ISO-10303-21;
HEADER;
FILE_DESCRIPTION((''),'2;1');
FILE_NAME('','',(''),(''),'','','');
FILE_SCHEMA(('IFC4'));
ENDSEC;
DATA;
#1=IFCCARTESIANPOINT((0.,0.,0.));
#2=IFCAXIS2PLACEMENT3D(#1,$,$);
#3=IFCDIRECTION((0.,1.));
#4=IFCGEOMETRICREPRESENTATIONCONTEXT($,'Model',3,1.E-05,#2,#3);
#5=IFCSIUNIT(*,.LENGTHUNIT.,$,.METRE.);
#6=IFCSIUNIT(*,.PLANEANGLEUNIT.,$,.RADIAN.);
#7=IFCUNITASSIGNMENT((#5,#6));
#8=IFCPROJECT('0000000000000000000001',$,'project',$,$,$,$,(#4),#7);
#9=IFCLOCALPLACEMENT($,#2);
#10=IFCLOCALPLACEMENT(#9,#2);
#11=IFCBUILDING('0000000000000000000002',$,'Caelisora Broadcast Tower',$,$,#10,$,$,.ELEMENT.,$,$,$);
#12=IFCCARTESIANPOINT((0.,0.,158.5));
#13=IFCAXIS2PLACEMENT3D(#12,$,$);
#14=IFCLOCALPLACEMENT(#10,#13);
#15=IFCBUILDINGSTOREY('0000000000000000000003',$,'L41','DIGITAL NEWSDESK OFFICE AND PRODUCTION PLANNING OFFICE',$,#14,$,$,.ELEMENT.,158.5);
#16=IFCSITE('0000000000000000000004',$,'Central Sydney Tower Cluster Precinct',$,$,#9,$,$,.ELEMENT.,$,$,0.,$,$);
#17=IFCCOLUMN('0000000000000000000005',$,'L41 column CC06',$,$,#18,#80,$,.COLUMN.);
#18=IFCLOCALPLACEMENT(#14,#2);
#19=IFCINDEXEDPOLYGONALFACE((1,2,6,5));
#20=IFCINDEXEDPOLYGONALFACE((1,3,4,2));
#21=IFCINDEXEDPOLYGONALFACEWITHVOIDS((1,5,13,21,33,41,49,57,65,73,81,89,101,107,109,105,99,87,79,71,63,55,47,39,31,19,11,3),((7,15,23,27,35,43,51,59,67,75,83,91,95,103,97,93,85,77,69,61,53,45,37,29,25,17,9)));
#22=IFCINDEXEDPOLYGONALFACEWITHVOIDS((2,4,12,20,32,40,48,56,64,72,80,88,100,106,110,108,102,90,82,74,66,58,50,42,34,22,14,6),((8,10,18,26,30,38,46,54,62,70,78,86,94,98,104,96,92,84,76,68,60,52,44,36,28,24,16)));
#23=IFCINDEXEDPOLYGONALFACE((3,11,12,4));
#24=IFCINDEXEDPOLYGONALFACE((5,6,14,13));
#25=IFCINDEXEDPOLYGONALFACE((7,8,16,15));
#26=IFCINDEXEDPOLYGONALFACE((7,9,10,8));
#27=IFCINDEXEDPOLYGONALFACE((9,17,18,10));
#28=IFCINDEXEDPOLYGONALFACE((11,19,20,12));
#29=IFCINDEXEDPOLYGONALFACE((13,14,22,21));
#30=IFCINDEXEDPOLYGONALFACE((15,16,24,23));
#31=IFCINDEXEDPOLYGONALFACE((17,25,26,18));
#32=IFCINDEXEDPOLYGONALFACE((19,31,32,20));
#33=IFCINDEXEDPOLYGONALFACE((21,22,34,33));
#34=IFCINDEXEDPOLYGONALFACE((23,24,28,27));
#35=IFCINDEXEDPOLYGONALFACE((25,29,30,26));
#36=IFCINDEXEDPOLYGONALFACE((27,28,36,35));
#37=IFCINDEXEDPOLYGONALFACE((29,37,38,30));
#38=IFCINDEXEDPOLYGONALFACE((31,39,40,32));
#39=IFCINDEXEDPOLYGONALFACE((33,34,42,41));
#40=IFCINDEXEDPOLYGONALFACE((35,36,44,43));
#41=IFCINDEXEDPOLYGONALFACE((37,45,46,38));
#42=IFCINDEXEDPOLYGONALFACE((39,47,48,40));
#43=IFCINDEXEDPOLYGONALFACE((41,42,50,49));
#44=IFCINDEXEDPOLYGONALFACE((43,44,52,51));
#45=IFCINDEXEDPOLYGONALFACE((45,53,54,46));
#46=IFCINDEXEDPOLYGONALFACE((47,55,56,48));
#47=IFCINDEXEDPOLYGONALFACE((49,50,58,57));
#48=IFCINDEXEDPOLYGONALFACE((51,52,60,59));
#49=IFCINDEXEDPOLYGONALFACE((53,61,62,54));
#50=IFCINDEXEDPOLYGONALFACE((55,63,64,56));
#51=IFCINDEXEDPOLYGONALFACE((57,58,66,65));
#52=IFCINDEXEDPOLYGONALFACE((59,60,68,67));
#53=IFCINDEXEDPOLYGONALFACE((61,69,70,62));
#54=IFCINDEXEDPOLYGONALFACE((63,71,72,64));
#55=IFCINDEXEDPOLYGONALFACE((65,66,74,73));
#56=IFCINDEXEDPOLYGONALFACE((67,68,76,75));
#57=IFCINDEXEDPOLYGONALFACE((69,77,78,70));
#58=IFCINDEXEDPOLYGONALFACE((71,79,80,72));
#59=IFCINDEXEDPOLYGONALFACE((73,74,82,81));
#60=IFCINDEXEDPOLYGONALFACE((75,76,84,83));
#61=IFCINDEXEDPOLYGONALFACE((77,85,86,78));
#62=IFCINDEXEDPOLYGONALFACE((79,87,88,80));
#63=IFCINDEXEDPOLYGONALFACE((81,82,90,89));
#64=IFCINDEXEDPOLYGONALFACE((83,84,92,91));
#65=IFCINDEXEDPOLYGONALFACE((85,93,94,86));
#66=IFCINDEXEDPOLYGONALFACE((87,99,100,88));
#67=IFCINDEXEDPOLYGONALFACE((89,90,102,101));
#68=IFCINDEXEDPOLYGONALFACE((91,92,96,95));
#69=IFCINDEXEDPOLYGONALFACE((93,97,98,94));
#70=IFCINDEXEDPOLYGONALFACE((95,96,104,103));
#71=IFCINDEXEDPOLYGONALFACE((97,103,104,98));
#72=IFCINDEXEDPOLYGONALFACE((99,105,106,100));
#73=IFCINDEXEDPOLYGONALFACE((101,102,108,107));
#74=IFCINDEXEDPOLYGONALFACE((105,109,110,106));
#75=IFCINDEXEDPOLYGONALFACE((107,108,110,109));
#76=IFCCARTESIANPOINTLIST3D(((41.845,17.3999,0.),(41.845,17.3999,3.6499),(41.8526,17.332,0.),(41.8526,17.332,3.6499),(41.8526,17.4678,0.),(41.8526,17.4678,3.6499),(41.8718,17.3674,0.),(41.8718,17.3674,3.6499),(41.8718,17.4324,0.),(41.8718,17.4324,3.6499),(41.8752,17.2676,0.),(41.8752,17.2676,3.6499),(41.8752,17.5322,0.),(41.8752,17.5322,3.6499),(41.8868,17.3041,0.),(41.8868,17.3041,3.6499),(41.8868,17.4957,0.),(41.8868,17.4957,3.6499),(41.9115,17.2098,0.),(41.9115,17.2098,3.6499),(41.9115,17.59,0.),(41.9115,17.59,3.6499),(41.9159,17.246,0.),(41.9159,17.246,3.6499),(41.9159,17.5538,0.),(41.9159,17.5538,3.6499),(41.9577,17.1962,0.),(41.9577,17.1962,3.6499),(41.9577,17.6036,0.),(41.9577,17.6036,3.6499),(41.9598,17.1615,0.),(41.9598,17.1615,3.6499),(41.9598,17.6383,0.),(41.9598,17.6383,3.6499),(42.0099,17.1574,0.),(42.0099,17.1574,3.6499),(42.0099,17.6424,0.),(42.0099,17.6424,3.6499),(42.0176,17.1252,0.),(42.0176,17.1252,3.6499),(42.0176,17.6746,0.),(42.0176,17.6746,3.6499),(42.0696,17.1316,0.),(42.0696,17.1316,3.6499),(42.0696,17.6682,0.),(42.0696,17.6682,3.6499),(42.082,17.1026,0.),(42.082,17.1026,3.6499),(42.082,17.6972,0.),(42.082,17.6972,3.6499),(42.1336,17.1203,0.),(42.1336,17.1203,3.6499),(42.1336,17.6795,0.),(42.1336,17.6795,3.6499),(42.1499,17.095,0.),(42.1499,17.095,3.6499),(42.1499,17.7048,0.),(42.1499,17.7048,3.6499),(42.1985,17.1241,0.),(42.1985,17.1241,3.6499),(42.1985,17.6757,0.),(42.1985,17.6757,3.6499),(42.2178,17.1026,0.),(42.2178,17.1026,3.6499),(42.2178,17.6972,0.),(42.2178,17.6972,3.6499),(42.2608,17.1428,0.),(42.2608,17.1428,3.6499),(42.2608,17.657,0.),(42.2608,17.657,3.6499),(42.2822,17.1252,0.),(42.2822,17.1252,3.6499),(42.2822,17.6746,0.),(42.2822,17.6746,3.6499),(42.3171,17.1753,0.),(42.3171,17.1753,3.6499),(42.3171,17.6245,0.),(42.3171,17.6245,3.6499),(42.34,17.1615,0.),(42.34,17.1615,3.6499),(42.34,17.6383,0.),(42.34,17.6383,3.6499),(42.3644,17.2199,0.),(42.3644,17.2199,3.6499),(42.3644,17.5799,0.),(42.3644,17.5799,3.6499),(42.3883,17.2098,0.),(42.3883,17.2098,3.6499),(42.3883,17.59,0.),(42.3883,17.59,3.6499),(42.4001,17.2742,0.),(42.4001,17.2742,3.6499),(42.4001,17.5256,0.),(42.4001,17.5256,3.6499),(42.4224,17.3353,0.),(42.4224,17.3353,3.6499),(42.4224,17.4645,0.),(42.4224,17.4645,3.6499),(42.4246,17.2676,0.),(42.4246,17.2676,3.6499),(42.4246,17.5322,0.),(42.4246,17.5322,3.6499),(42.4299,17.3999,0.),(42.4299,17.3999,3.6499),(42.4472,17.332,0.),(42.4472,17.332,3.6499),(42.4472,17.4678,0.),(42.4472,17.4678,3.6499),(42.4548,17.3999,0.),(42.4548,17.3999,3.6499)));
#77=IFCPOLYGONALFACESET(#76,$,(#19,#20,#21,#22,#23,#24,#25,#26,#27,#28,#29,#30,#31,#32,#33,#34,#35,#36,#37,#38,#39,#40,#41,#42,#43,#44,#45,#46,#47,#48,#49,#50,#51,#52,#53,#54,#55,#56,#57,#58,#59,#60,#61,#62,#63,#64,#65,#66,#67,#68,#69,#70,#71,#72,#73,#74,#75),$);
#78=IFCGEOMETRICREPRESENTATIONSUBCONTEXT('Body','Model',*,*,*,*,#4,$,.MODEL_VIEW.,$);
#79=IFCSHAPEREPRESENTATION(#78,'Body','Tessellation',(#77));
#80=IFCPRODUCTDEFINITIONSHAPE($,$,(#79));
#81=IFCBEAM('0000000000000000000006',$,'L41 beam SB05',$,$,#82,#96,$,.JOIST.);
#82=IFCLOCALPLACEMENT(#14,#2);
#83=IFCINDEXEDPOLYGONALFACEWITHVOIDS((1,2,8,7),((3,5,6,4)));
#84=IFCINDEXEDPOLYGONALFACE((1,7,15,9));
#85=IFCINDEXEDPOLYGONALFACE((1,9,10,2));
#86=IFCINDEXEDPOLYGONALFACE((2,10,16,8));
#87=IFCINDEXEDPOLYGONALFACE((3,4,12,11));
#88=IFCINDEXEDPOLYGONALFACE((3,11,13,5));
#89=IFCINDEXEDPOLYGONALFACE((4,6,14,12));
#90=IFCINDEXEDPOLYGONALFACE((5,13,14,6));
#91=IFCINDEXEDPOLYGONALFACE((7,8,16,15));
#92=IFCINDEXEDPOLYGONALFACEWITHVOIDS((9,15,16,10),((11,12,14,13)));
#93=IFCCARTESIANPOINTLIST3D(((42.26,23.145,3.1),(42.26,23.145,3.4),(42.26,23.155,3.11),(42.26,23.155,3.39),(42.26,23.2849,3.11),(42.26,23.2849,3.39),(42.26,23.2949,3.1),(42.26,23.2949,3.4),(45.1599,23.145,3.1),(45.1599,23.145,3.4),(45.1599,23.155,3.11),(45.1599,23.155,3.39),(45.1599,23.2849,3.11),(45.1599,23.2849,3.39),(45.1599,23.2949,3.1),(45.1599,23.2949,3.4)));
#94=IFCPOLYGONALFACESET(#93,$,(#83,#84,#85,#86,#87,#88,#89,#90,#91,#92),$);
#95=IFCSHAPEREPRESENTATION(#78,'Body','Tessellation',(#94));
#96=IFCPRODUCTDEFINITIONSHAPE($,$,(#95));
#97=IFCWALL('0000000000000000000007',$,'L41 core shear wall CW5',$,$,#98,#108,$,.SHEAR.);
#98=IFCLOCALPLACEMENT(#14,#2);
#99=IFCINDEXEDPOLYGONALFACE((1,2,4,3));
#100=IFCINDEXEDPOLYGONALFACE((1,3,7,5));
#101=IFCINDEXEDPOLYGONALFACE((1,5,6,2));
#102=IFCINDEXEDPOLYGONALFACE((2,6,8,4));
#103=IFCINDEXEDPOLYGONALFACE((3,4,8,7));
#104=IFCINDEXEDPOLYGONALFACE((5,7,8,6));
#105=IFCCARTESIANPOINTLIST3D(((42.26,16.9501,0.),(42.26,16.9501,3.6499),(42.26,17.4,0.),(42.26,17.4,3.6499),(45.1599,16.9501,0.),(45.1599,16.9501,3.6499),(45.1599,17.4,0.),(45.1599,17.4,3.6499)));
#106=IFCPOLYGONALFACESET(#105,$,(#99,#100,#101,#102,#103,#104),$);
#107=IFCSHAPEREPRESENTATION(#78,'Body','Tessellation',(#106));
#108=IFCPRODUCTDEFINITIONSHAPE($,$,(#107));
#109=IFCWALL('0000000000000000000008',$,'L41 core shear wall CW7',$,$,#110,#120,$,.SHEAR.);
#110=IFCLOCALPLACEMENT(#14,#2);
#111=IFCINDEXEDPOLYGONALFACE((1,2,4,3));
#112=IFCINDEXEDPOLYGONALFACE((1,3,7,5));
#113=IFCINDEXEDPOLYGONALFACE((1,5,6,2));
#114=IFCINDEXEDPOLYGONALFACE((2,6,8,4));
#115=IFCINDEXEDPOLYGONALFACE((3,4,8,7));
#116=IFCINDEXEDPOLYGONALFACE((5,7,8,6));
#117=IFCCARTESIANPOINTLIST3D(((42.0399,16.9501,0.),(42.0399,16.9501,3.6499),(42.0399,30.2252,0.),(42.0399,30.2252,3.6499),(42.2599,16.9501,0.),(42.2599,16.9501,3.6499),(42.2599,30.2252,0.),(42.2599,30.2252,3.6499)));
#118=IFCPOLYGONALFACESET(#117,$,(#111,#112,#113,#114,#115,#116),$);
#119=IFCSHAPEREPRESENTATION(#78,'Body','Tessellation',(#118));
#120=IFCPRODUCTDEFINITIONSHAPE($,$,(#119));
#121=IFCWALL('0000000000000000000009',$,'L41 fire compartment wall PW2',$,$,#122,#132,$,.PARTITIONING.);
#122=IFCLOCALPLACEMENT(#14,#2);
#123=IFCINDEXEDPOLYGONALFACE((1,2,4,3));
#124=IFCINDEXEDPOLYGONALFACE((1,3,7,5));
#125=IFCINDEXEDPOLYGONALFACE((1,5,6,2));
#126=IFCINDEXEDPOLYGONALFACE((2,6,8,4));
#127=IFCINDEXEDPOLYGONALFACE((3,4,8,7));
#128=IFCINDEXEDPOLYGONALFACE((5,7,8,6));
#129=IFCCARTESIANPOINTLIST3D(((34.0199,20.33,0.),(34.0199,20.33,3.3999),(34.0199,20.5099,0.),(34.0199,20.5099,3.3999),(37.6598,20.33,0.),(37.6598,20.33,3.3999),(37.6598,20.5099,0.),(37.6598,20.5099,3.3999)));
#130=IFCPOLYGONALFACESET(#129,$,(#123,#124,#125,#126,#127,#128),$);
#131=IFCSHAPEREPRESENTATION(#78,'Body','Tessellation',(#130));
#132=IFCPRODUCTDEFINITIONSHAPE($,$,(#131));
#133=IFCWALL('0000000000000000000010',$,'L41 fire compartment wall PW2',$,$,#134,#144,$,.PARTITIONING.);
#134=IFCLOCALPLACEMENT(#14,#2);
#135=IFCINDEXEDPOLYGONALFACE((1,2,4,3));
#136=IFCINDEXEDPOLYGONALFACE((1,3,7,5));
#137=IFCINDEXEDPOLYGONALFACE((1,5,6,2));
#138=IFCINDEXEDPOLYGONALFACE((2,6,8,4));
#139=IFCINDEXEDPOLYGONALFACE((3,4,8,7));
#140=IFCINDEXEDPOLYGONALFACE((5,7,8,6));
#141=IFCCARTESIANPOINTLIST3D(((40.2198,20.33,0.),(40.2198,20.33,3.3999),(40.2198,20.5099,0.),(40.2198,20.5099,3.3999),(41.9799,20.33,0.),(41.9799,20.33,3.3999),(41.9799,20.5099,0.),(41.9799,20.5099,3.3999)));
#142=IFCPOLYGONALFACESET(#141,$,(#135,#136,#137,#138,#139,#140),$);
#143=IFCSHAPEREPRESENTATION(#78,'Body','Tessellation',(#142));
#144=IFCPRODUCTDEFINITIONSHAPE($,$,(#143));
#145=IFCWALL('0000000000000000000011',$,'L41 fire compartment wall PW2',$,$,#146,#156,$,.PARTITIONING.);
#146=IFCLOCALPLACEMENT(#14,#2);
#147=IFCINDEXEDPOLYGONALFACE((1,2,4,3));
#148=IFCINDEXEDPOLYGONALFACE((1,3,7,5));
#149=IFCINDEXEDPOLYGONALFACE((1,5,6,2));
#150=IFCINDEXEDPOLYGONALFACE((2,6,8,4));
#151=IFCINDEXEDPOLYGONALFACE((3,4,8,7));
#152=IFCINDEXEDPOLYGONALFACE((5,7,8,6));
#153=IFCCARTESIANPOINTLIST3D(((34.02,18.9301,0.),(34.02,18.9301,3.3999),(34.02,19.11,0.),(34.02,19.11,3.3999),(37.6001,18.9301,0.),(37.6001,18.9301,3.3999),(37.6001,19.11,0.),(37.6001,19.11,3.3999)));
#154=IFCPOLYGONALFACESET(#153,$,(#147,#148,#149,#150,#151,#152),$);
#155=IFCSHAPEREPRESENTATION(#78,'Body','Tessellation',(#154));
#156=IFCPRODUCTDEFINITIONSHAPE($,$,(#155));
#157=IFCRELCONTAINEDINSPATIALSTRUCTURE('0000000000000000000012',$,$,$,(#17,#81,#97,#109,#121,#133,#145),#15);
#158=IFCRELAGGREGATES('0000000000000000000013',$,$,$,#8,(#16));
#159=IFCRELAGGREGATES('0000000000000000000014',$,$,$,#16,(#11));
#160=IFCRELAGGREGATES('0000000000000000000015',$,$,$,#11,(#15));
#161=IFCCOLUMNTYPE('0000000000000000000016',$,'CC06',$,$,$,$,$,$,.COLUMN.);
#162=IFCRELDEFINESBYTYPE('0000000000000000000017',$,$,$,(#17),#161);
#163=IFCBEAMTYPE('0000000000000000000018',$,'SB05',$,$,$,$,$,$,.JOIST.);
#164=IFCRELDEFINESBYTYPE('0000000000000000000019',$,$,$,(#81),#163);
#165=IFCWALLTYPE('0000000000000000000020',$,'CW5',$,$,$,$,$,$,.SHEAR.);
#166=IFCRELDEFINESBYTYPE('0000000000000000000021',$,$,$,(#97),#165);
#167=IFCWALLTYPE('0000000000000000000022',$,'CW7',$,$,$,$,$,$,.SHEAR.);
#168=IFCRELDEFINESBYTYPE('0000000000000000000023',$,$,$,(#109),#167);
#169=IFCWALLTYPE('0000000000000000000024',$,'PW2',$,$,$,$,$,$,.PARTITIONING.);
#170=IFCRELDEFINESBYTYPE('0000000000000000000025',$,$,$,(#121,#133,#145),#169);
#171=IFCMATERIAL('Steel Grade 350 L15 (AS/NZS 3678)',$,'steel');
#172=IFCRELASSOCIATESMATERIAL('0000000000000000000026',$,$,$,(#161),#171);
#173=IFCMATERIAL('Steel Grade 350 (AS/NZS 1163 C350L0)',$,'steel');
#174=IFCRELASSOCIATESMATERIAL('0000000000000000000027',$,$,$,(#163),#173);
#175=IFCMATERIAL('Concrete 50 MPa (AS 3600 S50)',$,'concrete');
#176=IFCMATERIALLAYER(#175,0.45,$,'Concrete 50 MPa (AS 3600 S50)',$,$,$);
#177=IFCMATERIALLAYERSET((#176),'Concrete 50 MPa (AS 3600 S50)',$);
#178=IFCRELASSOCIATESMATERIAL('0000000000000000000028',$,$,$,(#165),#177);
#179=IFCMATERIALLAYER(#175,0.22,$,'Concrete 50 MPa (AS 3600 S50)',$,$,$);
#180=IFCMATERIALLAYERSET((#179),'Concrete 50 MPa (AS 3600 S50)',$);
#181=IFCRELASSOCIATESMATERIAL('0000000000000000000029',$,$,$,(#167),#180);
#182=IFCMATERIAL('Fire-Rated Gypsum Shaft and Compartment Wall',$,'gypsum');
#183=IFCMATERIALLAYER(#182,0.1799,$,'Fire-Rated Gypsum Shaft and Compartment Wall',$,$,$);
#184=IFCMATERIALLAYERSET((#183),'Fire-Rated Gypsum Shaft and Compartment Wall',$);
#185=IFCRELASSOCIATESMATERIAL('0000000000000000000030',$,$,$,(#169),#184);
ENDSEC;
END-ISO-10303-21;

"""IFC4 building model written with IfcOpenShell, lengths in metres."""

from ifc_helpers import new_model, si_unit, direction, frame, frame_2d, origin, origin_2d, place, context, subcontext, project, spatial, rectangle, hollow_rectangle, hollow_circle, extrude, source, transform, mapped, material, layer, layer_set, material_profile, profile_set, type_object, type_shapes, element, save


model = new_model("IFC4")

# Units and contexts
model_context = context("Model", 3, precision=1e-05, world=origin(), true_north=direction((0.0, 1.0)))
body_context = subcontext(model_context, "Body", "Model", "MODEL_VIEW")
ifc_project = project(units=[si_unit("LENGTHUNIT", "METRE"), si_unit("PLANEANGLEUNIT", "RADIAN")], contexts=[model_context])

# Site, building, storey
site_placement = place(None, origin())
site = spatial("IfcSite", under=ifc_project, at=site_placement, Name="Central Sydney Tower Cluster Precinct", CompositionType="ELEMENT", RefElevation=0.0)
building_placement = place(site_placement, origin())
building = spatial("IfcBuilding", under=site, at=building_placement, Name="Caelisora Broadcast Tower", CompositionType="ELEMENT")
storey_placement = place(building_placement, frame((0.0, 0.0, 158.5)))
storey = spatial("IfcBuildingStorey", under=building, at=storey_placement, Name="L41", Description="DIGITAL NEWSDESK OFFICE AND PRODUCTION PLANNING OFFICE", CompositionType="ELEMENT", Elevation=158.5)

# Column
ifc_material_1 = material(Name="Steel Grade 350 L15 (AS/NZS 3678)", Category="steel")
ifc_material_profile_1 = material_profile(ifc_material_1, hollow_circle(Radius=0.3049, WallThickness=0.0249, at=origin_2d()), Name="Steel Grade 350 L15 (AS/NZS 3678)")
ifc_profile_set_1 = profile_set([ifc_material_profile_1], Name="Steel Grade 350 L15 (AS/NZS 3678)")
column_type = type_object("IfcColumnType", Name="CC06", PredefinedType="COLUMN", material=ifc_profile_set_1)
shared_shape_1 = source(origin(), body_context, "Body", "SweptSolid", [
    extrude(hollow_circle(Radius=0.3049, WallThickness=0.0249, at=origin_2d()), origin(), (0.0, 0.0, 1.0), 3.6499),
])
type_shapes(column_type, [shared_shape_1])
column_placement = place(storey_placement, frame((42.1499, 17.3999, 0.0), z_axis=(0.0, 0.0, 1.0), x_axis=(1.0, 0.0, 0.0)))
element("IfcColumn", 1, at=column_placement, inside=storey, type_object=column_type, Name="L41 column CC06", PredefinedType="COLUMN", context=body_context, shape_type="MappedRepresentation", body=[
    mapped(shared_shape_1, transform((0.0, 0.0, 0.0), scale=1.0)),
])

# Beam
ifc_material_2 = material(Name="Steel Grade 350 (AS/NZS 1163 C350L0)", Category="steel")
ifc_material_profile_2 = material_profile(ifc_material_2, hollow_rectangle(XDim=0.1499, YDim=0.3, WallThickness=0.01, at=origin_2d()), Name="Steel Grade 350 (AS/NZS 1163 C350L0)")
ifc_profile_set_2 = profile_set([ifc_material_profile_2], Name="Steel Grade 350 (AS/NZS 1163 C350L0)")
beam_type = type_object("IfcBeamType", Name="SB05", PredefinedType="JOIST", material=ifc_profile_set_2)
shared_shape_2 = source(origin(), body_context, "Body", "SweptSolid", [
    extrude(hollow_rectangle(XDim=0.1499, YDim=0.3, WallThickness=0.01, at=origin_2d()), origin(), (0.0, 0.0, 1.0), 2.8999),
])
type_shapes(beam_type, [shared_shape_2])
beam_placement = place(storey_placement, frame((42.26, 23.22, 3.25), z_axis=(1.0, 0.0, 0.0), x_axis=(0.0, 1.0, 0.0)))
element("IfcBeam", 2, at=beam_placement, inside=storey, type_object=beam_type, Name="L41 beam SB05", PredefinedType="JOIST", context=body_context, shape_type="MappedRepresentation", body=[
    mapped(shared_shape_2, transform((0.0, 0.0, 0.0), scale=1.0)),
])

# Walls
ifc_material_3 = material(Name="Concrete 50 MPa (AS 3600 S50)", Category="concrete")
ifc_layer_1 = layer(ifc_material_3, 0.45, Name="Concrete 50 MPa (AS 3600 S50)")
ifc_layer_set_1 = layer_set([ifc_layer_1], Name="Concrete 50 MPa (AS 3600 S50)")
wall_type_1 = type_object("IfcWallType", Name="CW5", PredefinedType="SHEAR", material=ifc_layer_set_1)
wall_1_placement = place(storey_placement, frame((42.26, 17.175, 0.0), z_axis=(0.0, 0.0, 1.0), x_axis=(1.0, 0.0, 0.0)))
element("IfcWall", 3, at=wall_1_placement, inside=storey, type_object=wall_type_1, Name="L41 core shear wall CW5", PredefinedType="SHEAR", context=body_context, shape_type="SweptSolid", body=[
    extrude(rectangle(XDim=2.8999, YDim=0.45, at=frame_2d((1.45, 0.0))), origin(), (0.0, 0.0, 1.0), 3.6499),
])
ifc_layer_2 = layer(ifc_material_3, 0.22, Name="Concrete 50 MPa (AS 3600 S50)")
ifc_layer_set_2 = layer_set([ifc_layer_2], Name="Concrete 50 MPa (AS 3600 S50)")
wall_type_2 = type_object("IfcWallType", Name="CW7", PredefinedType="SHEAR", material=ifc_layer_set_2)
wall_2_placement = place(storey_placement, frame((42.1499, 16.95, 0.0), z_axis=(0.0, 0.0, 1.0), x_axis=(0.0, 1.0, 0.0)))
element("IfcWall", 4, at=wall_2_placement, inside=storey, type_object=wall_type_2, Name="L41 core shear wall CW7", PredefinedType="SHEAR", context=body_context, shape_type="SweptSolid", body=[
    extrude(rectangle(XDim=13.2751, YDim=0.22, at=frame_2d((6.6377, 0.0))), origin(), (0.0, 0.0, 1.0), 3.6499),
])
ifc_material_4 = material(Name="Fire-Rated Gypsum Shaft and Compartment Wall", Category="gypsum")
ifc_layer_3 = layer(ifc_material_4, 0.1799, Name="Fire-Rated Gypsum Shaft and Compartment Wall")
ifc_layer_set_3 = layer_set([ifc_layer_3], Name="Fire-Rated Gypsum Shaft and Compartment Wall")
wall_type_3 = type_object("IfcWallType", Name="PW2", PredefinedType="PARTITIONING", material=ifc_layer_set_3)
wall_3_placement = place(storey_placement, frame((34.02, 20.4199, 0.0), z_axis=(0.0, 0.0, 1.0), x_axis=(1.0, 0.0, 0.0)))
element("IfcWall", 5, at=wall_3_placement, inside=storey, type_object=wall_type_3, Name="L41 fire compartment wall PW2", PredefinedType="PARTITIONING", context=body_context, shape_type="SweptSolid", body=[
    extrude(rectangle(XDim=3.6399, YDim=0.1799, at=frame_2d((1.8198, 0.0))), origin(), (0.0, 0.0, 1.0), 3.3999),
])
wall_4_placement = place(storey_placement, frame((40.22, 20.4199, 0.0), z_axis=(0.0, 0.0, 1.0), x_axis=(1.0, 0.0, 0.0)))
element("IfcWall", 6, at=wall_4_placement, inside=storey, type_object=wall_type_3, Name="L41 fire compartment wall PW2", PredefinedType="PARTITIONING", context=body_context, shape_type="SweptSolid", body=[
    extrude(rectangle(XDim=1.76, YDim=0.1799, at=frame_2d((0.8799, 0.0))), origin(), (0.0, 0.0, 1.0), 3.3999),
])
wall_5_placement = place(storey_placement, frame((34.02, 19.02, 0.0), z_axis=(0.0, 0.0, 1.0), x_axis=(1.0, 0.0, 0.0)))
element("IfcWall", 7, at=wall_5_placement, inside=storey, type_object=wall_type_3, Name="L41 fire compartment wall PW2", PredefinedType="PARTITIONING", context=body_context, shape_type="SweptSolid", body=[
    extrude(rectangle(XDim=3.5801, YDim=0.1799, at=frame_2d((1.79, 0.0))), origin(), (0.0, 0.0, 1.0), 3.3999),
])

save(model, "model.ifc")
